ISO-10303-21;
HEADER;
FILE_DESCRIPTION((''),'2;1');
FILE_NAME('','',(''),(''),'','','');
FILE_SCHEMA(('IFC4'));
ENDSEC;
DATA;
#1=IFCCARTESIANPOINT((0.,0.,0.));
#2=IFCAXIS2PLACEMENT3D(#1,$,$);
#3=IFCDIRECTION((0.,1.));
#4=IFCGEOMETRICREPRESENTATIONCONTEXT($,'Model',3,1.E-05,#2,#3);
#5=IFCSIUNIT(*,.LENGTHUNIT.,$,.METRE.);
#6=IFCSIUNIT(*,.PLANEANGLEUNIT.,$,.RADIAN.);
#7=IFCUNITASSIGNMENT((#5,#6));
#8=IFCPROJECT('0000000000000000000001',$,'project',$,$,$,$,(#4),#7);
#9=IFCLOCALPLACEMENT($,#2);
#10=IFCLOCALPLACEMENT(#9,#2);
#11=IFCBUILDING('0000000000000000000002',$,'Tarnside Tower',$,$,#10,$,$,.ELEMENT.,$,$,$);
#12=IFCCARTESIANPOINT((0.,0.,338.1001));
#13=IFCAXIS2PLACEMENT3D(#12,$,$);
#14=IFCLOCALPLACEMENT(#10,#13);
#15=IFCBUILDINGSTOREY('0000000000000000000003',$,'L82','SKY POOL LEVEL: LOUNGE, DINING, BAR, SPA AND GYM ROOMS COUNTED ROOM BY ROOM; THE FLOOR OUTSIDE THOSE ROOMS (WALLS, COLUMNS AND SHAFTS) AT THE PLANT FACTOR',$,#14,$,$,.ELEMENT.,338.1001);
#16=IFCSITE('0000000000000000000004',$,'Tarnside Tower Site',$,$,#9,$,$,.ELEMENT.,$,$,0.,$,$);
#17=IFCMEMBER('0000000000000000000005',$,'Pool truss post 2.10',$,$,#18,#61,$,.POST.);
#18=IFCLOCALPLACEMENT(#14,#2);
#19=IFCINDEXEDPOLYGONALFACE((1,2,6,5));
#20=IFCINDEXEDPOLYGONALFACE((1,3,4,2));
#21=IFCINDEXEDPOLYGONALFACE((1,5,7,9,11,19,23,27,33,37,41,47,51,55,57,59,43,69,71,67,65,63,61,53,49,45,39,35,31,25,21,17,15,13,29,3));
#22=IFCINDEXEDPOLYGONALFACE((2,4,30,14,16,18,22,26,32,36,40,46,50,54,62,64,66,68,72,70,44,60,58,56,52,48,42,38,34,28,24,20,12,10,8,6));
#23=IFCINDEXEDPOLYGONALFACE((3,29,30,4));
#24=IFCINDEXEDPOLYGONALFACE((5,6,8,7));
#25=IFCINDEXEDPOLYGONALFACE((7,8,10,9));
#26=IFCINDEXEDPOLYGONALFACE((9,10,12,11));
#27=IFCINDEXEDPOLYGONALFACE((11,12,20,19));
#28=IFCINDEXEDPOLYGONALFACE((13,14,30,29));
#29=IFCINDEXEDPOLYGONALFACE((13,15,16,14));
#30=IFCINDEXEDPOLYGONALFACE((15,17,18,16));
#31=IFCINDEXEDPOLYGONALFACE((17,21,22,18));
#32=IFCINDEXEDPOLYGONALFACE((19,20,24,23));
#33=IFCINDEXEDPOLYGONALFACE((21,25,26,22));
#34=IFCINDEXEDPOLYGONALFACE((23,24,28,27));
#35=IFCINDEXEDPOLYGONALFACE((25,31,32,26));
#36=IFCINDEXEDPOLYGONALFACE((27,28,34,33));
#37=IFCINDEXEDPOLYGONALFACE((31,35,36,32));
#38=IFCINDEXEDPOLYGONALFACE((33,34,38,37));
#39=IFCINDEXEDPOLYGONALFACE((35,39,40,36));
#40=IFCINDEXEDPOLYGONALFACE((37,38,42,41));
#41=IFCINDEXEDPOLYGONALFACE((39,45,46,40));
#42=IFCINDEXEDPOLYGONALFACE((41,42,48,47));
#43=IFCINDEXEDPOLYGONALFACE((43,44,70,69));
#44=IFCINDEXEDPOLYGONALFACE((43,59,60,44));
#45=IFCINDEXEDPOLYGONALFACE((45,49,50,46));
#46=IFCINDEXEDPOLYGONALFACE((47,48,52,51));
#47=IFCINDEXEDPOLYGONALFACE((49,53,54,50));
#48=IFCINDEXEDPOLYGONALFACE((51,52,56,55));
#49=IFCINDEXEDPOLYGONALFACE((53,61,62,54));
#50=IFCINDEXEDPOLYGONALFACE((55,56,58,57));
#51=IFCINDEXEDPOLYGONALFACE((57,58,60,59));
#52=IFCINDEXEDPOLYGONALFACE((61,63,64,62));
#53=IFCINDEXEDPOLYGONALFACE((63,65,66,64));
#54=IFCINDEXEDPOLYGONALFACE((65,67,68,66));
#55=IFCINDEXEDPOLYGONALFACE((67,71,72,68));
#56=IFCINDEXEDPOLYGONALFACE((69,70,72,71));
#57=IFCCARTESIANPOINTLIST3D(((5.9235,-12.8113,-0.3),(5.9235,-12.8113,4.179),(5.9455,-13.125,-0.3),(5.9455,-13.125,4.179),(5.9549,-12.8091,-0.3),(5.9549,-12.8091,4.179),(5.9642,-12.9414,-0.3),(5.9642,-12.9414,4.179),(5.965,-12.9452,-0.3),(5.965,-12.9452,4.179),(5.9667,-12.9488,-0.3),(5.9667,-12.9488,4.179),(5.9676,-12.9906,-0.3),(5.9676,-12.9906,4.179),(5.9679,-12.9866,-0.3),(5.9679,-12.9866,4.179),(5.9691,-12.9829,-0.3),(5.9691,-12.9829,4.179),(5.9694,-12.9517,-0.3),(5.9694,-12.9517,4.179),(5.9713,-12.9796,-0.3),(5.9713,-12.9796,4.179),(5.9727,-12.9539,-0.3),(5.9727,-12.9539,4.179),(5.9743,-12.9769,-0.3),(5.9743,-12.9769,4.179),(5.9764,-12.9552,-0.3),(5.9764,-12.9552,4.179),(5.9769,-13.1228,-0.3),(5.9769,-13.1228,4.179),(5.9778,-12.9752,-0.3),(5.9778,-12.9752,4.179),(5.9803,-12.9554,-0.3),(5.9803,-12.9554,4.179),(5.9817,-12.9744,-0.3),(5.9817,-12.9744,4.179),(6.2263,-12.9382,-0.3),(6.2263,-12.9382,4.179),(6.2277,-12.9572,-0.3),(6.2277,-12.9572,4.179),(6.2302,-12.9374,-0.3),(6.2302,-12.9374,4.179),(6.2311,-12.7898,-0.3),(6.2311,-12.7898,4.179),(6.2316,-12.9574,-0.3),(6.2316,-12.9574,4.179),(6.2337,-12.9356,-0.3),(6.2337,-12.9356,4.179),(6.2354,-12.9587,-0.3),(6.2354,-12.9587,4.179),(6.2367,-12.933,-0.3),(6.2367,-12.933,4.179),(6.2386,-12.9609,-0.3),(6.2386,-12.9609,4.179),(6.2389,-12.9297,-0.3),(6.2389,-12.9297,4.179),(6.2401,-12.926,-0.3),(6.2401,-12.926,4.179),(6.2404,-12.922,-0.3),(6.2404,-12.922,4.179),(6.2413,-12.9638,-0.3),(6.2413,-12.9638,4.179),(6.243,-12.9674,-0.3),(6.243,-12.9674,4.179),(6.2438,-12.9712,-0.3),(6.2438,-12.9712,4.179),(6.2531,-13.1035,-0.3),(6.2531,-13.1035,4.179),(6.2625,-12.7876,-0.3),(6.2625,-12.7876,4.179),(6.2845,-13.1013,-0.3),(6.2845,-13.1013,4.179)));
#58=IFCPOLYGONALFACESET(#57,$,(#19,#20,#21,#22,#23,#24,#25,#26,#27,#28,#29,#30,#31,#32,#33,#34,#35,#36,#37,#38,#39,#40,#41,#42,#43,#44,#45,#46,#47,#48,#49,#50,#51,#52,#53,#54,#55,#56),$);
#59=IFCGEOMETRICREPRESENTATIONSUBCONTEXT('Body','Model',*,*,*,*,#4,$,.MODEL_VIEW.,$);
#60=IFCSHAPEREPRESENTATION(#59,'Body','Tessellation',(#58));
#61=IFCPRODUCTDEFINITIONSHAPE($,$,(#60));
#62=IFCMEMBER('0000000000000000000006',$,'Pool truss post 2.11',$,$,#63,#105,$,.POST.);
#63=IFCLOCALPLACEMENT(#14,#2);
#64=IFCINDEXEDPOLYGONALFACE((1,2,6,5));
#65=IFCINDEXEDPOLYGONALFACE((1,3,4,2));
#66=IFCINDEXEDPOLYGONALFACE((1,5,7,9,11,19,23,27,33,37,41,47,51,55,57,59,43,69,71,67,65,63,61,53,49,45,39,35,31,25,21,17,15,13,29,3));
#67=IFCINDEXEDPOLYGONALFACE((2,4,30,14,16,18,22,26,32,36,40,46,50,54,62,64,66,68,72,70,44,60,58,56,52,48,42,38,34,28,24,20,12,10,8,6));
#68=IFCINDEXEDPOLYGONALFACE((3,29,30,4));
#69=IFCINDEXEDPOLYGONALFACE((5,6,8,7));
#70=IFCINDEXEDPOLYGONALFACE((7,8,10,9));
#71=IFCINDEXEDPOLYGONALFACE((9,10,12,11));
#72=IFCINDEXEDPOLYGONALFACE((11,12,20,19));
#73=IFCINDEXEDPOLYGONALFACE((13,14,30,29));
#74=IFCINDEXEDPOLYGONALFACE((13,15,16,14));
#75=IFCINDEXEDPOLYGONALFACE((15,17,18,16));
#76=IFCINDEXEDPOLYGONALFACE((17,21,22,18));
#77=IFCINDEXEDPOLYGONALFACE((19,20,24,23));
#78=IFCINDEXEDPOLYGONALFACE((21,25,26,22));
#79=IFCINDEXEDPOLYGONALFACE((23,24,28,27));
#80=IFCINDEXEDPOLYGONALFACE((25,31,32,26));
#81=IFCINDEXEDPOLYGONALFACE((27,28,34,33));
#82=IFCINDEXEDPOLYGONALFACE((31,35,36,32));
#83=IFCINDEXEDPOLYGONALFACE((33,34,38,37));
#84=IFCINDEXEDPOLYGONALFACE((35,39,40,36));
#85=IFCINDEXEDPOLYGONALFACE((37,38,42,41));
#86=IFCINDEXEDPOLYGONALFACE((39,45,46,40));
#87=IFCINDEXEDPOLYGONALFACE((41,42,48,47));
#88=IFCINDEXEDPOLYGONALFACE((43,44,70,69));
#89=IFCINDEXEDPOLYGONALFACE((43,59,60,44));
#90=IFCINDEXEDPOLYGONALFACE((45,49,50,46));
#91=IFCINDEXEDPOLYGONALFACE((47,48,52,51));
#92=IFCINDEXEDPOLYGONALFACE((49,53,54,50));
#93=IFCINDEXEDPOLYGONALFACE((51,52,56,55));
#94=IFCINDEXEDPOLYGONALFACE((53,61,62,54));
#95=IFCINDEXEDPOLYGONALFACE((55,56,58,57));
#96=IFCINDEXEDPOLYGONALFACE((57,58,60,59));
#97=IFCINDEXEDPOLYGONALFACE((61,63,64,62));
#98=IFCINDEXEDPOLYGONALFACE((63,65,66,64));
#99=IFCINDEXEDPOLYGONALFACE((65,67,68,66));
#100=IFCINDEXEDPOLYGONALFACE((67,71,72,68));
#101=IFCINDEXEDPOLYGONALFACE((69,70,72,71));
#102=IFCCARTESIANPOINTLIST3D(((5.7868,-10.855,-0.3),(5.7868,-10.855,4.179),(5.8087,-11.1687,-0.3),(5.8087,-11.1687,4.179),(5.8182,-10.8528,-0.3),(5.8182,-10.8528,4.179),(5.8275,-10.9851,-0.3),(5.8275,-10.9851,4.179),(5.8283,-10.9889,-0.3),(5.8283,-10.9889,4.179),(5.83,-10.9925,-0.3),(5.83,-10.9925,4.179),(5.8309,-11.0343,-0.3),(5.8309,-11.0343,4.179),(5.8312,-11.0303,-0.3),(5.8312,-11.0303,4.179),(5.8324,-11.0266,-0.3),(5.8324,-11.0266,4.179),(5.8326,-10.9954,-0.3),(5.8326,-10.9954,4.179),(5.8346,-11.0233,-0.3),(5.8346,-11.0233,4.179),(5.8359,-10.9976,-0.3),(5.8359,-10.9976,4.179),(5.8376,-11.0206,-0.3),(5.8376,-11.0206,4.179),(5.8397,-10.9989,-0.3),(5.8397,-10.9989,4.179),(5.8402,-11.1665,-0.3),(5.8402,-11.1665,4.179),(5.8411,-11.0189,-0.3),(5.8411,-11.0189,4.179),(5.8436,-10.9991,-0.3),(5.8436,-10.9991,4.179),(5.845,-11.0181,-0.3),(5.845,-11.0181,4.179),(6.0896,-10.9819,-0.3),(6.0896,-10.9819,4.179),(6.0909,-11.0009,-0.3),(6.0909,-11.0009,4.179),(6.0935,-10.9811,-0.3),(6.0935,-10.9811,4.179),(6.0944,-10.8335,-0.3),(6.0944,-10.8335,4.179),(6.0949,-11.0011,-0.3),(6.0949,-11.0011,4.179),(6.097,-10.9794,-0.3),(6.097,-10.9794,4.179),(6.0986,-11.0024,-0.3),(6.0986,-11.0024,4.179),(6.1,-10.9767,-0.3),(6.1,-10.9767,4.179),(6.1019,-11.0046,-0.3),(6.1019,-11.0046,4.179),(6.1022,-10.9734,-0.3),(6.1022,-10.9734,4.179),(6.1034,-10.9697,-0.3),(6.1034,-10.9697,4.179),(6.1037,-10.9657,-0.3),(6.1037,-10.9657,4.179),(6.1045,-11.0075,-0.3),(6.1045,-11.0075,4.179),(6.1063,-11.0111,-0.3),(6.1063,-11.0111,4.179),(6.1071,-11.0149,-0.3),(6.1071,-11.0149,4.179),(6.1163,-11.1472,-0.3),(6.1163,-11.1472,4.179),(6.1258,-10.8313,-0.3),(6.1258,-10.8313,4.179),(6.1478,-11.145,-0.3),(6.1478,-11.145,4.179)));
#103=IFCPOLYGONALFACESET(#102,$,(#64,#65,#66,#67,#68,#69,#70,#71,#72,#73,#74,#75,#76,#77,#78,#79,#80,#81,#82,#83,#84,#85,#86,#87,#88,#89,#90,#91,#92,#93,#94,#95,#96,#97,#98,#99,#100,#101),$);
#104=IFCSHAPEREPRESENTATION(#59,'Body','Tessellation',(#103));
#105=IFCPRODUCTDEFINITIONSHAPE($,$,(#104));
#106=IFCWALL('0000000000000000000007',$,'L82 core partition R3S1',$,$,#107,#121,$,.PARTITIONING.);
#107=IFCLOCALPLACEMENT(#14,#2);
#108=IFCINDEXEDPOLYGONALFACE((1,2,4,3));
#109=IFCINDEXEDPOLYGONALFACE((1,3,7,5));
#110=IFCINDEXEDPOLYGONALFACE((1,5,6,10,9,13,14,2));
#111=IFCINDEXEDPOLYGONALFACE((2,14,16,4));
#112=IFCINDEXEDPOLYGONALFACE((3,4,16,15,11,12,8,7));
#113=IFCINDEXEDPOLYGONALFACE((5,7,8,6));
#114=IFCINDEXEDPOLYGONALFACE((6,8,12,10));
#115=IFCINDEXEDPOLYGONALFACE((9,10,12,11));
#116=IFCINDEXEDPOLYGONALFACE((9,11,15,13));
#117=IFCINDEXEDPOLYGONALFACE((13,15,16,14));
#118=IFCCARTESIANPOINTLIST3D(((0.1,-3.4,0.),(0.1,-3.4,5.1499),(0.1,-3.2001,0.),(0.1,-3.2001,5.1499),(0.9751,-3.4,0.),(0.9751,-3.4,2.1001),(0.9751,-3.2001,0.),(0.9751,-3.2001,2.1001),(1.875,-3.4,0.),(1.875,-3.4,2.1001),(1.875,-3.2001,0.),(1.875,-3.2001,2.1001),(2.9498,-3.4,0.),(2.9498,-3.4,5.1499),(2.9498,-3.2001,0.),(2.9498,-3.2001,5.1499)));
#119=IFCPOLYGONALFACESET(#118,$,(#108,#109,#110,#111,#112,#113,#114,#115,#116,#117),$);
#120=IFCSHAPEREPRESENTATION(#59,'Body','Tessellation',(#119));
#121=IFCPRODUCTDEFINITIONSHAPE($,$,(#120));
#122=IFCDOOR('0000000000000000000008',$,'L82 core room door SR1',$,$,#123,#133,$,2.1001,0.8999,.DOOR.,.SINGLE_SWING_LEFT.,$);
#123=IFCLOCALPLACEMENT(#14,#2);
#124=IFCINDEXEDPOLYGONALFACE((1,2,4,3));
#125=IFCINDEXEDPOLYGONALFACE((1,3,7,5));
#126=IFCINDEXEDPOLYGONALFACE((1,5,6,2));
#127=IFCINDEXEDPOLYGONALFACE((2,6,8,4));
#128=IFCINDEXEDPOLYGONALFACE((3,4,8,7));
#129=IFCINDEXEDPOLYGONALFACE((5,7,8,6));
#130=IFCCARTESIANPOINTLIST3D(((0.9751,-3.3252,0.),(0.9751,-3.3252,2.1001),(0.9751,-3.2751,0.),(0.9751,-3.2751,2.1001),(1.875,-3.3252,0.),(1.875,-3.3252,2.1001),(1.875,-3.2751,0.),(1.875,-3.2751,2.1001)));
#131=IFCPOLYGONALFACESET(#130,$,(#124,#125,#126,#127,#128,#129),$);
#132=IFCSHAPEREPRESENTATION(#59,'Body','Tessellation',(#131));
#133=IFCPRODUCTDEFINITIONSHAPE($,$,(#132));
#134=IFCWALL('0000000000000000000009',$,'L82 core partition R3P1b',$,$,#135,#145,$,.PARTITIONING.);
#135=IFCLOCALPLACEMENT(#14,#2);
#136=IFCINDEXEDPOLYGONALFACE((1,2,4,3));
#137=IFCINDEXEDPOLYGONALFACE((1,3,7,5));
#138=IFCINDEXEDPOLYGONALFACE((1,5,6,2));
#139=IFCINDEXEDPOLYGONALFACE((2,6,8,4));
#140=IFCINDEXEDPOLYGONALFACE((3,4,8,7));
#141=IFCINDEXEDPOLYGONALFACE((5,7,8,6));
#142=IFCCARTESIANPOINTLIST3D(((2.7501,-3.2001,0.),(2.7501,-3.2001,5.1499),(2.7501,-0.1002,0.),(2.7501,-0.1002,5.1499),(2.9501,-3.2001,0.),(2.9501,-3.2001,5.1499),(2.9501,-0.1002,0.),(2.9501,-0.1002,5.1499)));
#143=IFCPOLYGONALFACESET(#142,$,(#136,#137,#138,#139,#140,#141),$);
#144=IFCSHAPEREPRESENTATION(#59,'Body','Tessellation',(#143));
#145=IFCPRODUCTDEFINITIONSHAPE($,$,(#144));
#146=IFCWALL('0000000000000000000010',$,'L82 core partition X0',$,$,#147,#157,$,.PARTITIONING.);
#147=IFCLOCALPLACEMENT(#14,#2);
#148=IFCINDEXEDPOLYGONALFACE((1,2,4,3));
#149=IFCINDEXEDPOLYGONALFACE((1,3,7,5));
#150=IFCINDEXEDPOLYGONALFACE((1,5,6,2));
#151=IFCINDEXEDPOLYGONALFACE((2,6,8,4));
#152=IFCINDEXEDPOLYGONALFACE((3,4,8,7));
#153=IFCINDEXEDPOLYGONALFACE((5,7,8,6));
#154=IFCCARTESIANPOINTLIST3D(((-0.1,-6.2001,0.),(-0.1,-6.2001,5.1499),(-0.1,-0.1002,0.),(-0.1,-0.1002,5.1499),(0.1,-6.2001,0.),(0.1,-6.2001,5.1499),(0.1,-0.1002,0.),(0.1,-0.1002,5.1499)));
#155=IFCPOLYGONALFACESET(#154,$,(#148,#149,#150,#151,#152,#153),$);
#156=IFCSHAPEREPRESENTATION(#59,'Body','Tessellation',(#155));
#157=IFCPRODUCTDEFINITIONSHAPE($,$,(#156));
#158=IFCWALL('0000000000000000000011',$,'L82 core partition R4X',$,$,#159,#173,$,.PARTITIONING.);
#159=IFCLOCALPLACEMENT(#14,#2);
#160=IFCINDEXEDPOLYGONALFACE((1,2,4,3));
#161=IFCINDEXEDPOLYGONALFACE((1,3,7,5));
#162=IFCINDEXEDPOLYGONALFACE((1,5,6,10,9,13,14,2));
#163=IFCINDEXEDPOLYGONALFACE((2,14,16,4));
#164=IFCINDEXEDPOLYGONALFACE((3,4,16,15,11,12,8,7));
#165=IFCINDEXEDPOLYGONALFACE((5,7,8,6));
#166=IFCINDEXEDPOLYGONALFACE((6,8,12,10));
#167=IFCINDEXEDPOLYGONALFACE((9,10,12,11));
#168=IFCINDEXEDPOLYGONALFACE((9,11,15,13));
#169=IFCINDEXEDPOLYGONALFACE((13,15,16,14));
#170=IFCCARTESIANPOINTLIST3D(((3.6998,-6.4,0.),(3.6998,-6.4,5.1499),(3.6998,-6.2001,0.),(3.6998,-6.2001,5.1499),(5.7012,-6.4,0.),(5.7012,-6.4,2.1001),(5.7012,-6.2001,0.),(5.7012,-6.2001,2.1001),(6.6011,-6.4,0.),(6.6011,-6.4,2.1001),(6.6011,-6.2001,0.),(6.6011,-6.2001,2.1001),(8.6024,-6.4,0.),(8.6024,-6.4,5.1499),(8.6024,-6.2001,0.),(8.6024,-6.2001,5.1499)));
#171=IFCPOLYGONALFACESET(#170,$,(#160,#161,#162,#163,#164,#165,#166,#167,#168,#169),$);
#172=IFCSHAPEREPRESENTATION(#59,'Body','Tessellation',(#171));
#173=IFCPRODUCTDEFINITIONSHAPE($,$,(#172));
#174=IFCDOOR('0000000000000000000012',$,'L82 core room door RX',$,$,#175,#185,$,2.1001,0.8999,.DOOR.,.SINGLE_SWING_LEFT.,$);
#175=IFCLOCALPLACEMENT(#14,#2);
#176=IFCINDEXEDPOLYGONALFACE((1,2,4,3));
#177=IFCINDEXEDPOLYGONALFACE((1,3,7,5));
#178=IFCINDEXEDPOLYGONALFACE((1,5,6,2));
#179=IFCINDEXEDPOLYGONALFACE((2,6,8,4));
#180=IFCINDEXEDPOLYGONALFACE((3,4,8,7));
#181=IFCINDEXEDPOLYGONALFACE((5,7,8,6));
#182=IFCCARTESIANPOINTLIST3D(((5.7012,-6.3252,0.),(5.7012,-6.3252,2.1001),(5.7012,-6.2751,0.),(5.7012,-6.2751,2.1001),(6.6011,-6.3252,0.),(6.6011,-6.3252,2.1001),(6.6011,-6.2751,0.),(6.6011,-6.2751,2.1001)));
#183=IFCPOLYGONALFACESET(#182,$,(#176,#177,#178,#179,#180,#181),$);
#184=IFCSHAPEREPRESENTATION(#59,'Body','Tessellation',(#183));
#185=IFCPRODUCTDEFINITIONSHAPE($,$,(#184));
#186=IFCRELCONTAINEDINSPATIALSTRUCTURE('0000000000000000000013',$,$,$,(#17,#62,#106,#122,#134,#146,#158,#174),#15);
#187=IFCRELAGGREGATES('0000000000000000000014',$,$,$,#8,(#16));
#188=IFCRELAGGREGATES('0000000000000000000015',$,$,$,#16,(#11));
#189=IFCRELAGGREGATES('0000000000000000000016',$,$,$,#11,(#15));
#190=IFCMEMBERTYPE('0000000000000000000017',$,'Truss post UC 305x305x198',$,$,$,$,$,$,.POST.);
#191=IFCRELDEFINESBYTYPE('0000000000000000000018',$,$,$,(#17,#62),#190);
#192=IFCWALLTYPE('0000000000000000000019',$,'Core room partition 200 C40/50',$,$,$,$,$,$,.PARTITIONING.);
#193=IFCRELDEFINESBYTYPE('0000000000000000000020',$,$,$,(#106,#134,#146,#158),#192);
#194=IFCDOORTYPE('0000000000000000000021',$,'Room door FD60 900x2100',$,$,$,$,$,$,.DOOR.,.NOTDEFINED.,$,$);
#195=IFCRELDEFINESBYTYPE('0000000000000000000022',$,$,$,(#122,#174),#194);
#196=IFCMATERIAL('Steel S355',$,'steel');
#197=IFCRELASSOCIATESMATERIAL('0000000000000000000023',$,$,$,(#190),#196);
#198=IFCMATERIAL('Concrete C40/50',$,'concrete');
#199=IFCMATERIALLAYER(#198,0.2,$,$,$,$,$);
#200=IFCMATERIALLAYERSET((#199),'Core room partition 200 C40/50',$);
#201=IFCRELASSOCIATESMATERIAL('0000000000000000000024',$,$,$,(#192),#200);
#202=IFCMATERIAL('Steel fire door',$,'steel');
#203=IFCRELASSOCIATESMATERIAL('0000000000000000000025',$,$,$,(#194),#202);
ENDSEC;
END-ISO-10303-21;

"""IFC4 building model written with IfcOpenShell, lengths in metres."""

from ifc_helpers import new_model, si_unit, direction, frame, frame_2d, origin, origin_2d, place, context, subcontext, project, spatial, rectangle, i_section, extrude, material, layer, layer_set, material_profile, profile_set, type_object, element, fill, save


model = new_model("IFC4")

# Units and contexts
model_context = context("Model", 3, precision=1e-05, world=origin(), true_north=direction((0.0, 1.0)))
body_context = subcontext(model_context, "Body", "Model", "MODEL_VIEW")
ifc_project = project(units=[si_unit("LENGTHUNIT", "METRE"), si_unit("PLANEANGLEUNIT", "RADIAN")], contexts=[model_context])

# Site, building, storey
site_placement = place(None, origin())
site = spatial("IfcSite", under=ifc_project, at=site_placement, Name="Tarnside Tower Site", CompositionType="ELEMENT", RefElevation=0.0)
building_placement = place(site_placement, origin())
building = spatial("IfcBuilding", under=site, at=building_placement, Name="Tarnside Tower", CompositionType="ELEMENT")
storey_placement = place(building_placement, frame((0.0, 0.0, 338.1001)))
storey = spatial("IfcBuildingStorey", under=building, at=storey_placement, Name="L82", Description="SKY POOL LEVEL: LOUNGE, DINING, BAR, SPA AND GYM ROOMS COUNTED ROOM BY ROOM; THE FLOOR OUTSIDE THOSE ROOMS (WALLS, COLUMNS AND SHAFTS) AT THE PLANT FACTOR", CompositionType="ELEMENT", Elevation=338.1001)

# Members
ifc_material_1 = material(Name="Steel S355", Category="steel")
ifc_material_profile_1 = material_profile(ifc_material_1, i_section(OverallWidth=0.3145, OverallDepth=0.3398, WebThickness=0.019, FlangeThickness=0.0315, FilletRadius=0.0151, at=origin_2d()), Name="UC 305x305x198")
ifc_profile_set_1 = profile_set([ifc_material_profile_1], Name="Steel S355")
member_type_1 = type_object("IfcMemberType", Name="Truss post UC 305x305x198", PredefinedType="POST", material=ifc_profile_set_1)
for number, where, z_axis, x_axis, name in (
    (1, (6.104, -12.9563, -0.3), (0.0, 0.0, 1.0), (-0.069756, 0.997564, 0.0), "Pool truss post 2.10"),
    (2, (5.9673, -11.0, -0.3), (0.0, 0.0, 1.0), (-0.069756, 0.997564, 0.0), "Pool truss post 2.11"),
):
    element("IfcMember", number, at=place(storey_placement, frame(where, z_axis=z_axis, x_axis=x_axis)), inside=storey, type_object=member_type_1, Name=name, PredefinedType="POST", context=body_context, shape_type="SweptSolid", body=[
        extrude(i_section(OverallWidth=0.3145, OverallDepth=0.3398, WebThickness=0.019, FlangeThickness=0.0315, FilletRadius=0.0151, at=origin_2d()), origin(), (0.0, 0.0, 1.0), 4.479),
    ])

# Wall, opening, door
ifc_material_2 = material(Name="Concrete C40/50", Category="concrete")
ifc_layer_1 = layer(ifc_material_2, 0.2)
ifc_layer_set_1 = layer_set([ifc_layer_1], Name="Core room partition 200 C40/50")
wall_type_1 = type_object("IfcWallType", Name="Core room partition 200 C40/50", PredefinedType="PARTITIONING", material=ifc_layer_set_1)
wall_1_placement = place(storey_placement, frame((0.1001, -3.3, 0.0), z_axis=(0.0, 0.0, 1.0), x_axis=(1.0, 0.0, 0.0)))
wall_1 = element("IfcWall", 3, at=wall_1_placement, inside=storey, type_object=wall_type_1, Name="L82 core partition R3S1", PredefinedType="PARTITIONING", context=body_context, shape_type="SweptSolid", body=[
    extrude(rectangle(XDim=2.8499, YDim=0.2, at=frame_2d((1.4248, 0.0))), origin(), (0.0, 0.0, 1.0), 5.1499),
])
opening_1_placement = place(wall_1_placement, frame((0.875, 0.0, 0.0)))
opening_1 = element("IfcOpeningElement", 4, at=opening_1_placement, cuts=wall_1, PredefinedType="OPENING", context=body_context, shape_type="SweptSolid", body=[
    extrude(rectangle(XDim=0.8999, YDim=2.1001, at=frame_2d((0.45, 1.05))), frame((0.0, 0.1099, 0.0), z_axis=(0.0, -1.0, 0.0), x_axis=(1.0, 0.0, 0.0)), (0.0, 0.0, 1.0), 0.22),
])
ifc_material_3 = material(Name="Steel fire door", Category="steel")
door_type_1 = type_object("IfcDoorType", Name="Room door FD60 900x2100", OperationType="NOTDEFINED", PredefinedType="DOOR", material=ifc_material_3)
door_1_placement = place(opening_1_placement, origin())
door_1 = element("IfcDoor", 5, at=door_1_placement, inside=storey, type_object=door_type_1, Name="L82 core room door SR1", OperationType="SINGLE_SWING_LEFT", OverallHeight=2.1001, OverallWidth=0.8999, PredefinedType="DOOR", context=body_context, shape_type="SweptSolid", body=[
    extrude(rectangle(XDim=0.8999, YDim=2.1001, at=frame_2d((0.45, 1.05))), frame((0.0, 0.0249, 0.0), z_axis=(0.0, -1.0, 0.0), x_axis=(1.0, 0.0, 0.0)), (0.0, 0.0, 1.0), 0.05),
])
fill(opening_1, door_1)

# Walls
wall_2_placement = place(storey_placement, frame((2.8501, -3.2, 0.0), z_axis=(0.0, 0.0, 1.0), x_axis=(0.0, 1.0, 0.0)))
element("IfcWall", 6, at=wall_2_placement, inside=storey, type_object=wall_type_1, Name="L82 core partition R3P1b", PredefinedType="PARTITIONING", context=body_context, shape_type="SweptSolid", body=[
    extrude(rectangle(XDim=3.0999, YDim=0.2, at=frame_2d((1.5498, 0.0))), origin(), (0.0, 0.0, 1.0), 5.1499),
])
wall_3_placement = place(storey_placement, frame((0.0, -6.2, 0.0), z_axis=(0.0, 0.0, 1.0), x_axis=(0.0, 1.0, 0.0)))
element("IfcWall", 7, at=wall_3_placement, inside=storey, type_object=wall_type_1, Name="L82 core partition X0", PredefinedType="PARTITIONING", context=body_context, shape_type="SweptSolid", body=[
    extrude(rectangle(XDim=6.0999, YDim=0.2, at=frame_2d((3.0498, 0.0))), origin(), (0.0, 0.0, 1.0), 5.1499),
])

# Wall, opening, door
wall_4_placement = place(storey_placement, frame((3.7, -6.3, 0.0), z_axis=(0.0, 0.0, 1.0), x_axis=(1.0, 0.0, 0.0)))
wall_4 = element("IfcWall", 8, at=wall_4_placement, inside=storey, type_object=wall_type_1, Name="L82 core partition R4X", PredefinedType="PARTITIONING", context=body_context, shape_type="SweptSolid", body=[
    extrude(rectangle(XDim=4.9026, YDim=0.2, at=frame_2d((2.4512, 0.0))), origin(), (0.0, 0.0, 1.0), 5.1499),
])
opening_2_placement = place(wall_4_placement, frame((2.0012, 0.0, 0.0)))
opening_2 = element("IfcOpeningElement", 9, at=opening_2_placement, cuts=wall_4, PredefinedType="OPENING", context=body_context, shape_type="SweptSolid", body=[
    extrude(rectangle(XDim=0.8999, YDim=2.1001, at=frame_2d((0.45, 1.05))), frame((0.0, 0.1099, 0.0), z_axis=(0.0, -1.0, 0.0), x_axis=(1.0, 0.0, 0.0)), (0.0, 0.0, 1.0), 0.22),
])
door_2_placement = place(opening_2_placement, origin())
door_2 = element("IfcDoor", 10, at=door_2_placement, inside=storey, type_object=door_type_1, Name="L82 core room door RX", OperationType="SINGLE_SWING_LEFT", OverallHeight=2.1001, OverallWidth=0.8999, PredefinedType="DOOR", context=body_context, shape_type="SweptSolid", body=[
    extrude(rectangle(XDim=0.8999, YDim=2.1001, at=frame_2d((0.45, 1.05))), frame((0.0, 0.0249, 0.0), z_axis=(0.0, -1.0, 0.0), x_axis=(1.0, 0.0, 0.0)), (0.0, 0.0, 1.0), 0.05),
])
fill(opening_2, door_2)

save(model, "model.ifc")
